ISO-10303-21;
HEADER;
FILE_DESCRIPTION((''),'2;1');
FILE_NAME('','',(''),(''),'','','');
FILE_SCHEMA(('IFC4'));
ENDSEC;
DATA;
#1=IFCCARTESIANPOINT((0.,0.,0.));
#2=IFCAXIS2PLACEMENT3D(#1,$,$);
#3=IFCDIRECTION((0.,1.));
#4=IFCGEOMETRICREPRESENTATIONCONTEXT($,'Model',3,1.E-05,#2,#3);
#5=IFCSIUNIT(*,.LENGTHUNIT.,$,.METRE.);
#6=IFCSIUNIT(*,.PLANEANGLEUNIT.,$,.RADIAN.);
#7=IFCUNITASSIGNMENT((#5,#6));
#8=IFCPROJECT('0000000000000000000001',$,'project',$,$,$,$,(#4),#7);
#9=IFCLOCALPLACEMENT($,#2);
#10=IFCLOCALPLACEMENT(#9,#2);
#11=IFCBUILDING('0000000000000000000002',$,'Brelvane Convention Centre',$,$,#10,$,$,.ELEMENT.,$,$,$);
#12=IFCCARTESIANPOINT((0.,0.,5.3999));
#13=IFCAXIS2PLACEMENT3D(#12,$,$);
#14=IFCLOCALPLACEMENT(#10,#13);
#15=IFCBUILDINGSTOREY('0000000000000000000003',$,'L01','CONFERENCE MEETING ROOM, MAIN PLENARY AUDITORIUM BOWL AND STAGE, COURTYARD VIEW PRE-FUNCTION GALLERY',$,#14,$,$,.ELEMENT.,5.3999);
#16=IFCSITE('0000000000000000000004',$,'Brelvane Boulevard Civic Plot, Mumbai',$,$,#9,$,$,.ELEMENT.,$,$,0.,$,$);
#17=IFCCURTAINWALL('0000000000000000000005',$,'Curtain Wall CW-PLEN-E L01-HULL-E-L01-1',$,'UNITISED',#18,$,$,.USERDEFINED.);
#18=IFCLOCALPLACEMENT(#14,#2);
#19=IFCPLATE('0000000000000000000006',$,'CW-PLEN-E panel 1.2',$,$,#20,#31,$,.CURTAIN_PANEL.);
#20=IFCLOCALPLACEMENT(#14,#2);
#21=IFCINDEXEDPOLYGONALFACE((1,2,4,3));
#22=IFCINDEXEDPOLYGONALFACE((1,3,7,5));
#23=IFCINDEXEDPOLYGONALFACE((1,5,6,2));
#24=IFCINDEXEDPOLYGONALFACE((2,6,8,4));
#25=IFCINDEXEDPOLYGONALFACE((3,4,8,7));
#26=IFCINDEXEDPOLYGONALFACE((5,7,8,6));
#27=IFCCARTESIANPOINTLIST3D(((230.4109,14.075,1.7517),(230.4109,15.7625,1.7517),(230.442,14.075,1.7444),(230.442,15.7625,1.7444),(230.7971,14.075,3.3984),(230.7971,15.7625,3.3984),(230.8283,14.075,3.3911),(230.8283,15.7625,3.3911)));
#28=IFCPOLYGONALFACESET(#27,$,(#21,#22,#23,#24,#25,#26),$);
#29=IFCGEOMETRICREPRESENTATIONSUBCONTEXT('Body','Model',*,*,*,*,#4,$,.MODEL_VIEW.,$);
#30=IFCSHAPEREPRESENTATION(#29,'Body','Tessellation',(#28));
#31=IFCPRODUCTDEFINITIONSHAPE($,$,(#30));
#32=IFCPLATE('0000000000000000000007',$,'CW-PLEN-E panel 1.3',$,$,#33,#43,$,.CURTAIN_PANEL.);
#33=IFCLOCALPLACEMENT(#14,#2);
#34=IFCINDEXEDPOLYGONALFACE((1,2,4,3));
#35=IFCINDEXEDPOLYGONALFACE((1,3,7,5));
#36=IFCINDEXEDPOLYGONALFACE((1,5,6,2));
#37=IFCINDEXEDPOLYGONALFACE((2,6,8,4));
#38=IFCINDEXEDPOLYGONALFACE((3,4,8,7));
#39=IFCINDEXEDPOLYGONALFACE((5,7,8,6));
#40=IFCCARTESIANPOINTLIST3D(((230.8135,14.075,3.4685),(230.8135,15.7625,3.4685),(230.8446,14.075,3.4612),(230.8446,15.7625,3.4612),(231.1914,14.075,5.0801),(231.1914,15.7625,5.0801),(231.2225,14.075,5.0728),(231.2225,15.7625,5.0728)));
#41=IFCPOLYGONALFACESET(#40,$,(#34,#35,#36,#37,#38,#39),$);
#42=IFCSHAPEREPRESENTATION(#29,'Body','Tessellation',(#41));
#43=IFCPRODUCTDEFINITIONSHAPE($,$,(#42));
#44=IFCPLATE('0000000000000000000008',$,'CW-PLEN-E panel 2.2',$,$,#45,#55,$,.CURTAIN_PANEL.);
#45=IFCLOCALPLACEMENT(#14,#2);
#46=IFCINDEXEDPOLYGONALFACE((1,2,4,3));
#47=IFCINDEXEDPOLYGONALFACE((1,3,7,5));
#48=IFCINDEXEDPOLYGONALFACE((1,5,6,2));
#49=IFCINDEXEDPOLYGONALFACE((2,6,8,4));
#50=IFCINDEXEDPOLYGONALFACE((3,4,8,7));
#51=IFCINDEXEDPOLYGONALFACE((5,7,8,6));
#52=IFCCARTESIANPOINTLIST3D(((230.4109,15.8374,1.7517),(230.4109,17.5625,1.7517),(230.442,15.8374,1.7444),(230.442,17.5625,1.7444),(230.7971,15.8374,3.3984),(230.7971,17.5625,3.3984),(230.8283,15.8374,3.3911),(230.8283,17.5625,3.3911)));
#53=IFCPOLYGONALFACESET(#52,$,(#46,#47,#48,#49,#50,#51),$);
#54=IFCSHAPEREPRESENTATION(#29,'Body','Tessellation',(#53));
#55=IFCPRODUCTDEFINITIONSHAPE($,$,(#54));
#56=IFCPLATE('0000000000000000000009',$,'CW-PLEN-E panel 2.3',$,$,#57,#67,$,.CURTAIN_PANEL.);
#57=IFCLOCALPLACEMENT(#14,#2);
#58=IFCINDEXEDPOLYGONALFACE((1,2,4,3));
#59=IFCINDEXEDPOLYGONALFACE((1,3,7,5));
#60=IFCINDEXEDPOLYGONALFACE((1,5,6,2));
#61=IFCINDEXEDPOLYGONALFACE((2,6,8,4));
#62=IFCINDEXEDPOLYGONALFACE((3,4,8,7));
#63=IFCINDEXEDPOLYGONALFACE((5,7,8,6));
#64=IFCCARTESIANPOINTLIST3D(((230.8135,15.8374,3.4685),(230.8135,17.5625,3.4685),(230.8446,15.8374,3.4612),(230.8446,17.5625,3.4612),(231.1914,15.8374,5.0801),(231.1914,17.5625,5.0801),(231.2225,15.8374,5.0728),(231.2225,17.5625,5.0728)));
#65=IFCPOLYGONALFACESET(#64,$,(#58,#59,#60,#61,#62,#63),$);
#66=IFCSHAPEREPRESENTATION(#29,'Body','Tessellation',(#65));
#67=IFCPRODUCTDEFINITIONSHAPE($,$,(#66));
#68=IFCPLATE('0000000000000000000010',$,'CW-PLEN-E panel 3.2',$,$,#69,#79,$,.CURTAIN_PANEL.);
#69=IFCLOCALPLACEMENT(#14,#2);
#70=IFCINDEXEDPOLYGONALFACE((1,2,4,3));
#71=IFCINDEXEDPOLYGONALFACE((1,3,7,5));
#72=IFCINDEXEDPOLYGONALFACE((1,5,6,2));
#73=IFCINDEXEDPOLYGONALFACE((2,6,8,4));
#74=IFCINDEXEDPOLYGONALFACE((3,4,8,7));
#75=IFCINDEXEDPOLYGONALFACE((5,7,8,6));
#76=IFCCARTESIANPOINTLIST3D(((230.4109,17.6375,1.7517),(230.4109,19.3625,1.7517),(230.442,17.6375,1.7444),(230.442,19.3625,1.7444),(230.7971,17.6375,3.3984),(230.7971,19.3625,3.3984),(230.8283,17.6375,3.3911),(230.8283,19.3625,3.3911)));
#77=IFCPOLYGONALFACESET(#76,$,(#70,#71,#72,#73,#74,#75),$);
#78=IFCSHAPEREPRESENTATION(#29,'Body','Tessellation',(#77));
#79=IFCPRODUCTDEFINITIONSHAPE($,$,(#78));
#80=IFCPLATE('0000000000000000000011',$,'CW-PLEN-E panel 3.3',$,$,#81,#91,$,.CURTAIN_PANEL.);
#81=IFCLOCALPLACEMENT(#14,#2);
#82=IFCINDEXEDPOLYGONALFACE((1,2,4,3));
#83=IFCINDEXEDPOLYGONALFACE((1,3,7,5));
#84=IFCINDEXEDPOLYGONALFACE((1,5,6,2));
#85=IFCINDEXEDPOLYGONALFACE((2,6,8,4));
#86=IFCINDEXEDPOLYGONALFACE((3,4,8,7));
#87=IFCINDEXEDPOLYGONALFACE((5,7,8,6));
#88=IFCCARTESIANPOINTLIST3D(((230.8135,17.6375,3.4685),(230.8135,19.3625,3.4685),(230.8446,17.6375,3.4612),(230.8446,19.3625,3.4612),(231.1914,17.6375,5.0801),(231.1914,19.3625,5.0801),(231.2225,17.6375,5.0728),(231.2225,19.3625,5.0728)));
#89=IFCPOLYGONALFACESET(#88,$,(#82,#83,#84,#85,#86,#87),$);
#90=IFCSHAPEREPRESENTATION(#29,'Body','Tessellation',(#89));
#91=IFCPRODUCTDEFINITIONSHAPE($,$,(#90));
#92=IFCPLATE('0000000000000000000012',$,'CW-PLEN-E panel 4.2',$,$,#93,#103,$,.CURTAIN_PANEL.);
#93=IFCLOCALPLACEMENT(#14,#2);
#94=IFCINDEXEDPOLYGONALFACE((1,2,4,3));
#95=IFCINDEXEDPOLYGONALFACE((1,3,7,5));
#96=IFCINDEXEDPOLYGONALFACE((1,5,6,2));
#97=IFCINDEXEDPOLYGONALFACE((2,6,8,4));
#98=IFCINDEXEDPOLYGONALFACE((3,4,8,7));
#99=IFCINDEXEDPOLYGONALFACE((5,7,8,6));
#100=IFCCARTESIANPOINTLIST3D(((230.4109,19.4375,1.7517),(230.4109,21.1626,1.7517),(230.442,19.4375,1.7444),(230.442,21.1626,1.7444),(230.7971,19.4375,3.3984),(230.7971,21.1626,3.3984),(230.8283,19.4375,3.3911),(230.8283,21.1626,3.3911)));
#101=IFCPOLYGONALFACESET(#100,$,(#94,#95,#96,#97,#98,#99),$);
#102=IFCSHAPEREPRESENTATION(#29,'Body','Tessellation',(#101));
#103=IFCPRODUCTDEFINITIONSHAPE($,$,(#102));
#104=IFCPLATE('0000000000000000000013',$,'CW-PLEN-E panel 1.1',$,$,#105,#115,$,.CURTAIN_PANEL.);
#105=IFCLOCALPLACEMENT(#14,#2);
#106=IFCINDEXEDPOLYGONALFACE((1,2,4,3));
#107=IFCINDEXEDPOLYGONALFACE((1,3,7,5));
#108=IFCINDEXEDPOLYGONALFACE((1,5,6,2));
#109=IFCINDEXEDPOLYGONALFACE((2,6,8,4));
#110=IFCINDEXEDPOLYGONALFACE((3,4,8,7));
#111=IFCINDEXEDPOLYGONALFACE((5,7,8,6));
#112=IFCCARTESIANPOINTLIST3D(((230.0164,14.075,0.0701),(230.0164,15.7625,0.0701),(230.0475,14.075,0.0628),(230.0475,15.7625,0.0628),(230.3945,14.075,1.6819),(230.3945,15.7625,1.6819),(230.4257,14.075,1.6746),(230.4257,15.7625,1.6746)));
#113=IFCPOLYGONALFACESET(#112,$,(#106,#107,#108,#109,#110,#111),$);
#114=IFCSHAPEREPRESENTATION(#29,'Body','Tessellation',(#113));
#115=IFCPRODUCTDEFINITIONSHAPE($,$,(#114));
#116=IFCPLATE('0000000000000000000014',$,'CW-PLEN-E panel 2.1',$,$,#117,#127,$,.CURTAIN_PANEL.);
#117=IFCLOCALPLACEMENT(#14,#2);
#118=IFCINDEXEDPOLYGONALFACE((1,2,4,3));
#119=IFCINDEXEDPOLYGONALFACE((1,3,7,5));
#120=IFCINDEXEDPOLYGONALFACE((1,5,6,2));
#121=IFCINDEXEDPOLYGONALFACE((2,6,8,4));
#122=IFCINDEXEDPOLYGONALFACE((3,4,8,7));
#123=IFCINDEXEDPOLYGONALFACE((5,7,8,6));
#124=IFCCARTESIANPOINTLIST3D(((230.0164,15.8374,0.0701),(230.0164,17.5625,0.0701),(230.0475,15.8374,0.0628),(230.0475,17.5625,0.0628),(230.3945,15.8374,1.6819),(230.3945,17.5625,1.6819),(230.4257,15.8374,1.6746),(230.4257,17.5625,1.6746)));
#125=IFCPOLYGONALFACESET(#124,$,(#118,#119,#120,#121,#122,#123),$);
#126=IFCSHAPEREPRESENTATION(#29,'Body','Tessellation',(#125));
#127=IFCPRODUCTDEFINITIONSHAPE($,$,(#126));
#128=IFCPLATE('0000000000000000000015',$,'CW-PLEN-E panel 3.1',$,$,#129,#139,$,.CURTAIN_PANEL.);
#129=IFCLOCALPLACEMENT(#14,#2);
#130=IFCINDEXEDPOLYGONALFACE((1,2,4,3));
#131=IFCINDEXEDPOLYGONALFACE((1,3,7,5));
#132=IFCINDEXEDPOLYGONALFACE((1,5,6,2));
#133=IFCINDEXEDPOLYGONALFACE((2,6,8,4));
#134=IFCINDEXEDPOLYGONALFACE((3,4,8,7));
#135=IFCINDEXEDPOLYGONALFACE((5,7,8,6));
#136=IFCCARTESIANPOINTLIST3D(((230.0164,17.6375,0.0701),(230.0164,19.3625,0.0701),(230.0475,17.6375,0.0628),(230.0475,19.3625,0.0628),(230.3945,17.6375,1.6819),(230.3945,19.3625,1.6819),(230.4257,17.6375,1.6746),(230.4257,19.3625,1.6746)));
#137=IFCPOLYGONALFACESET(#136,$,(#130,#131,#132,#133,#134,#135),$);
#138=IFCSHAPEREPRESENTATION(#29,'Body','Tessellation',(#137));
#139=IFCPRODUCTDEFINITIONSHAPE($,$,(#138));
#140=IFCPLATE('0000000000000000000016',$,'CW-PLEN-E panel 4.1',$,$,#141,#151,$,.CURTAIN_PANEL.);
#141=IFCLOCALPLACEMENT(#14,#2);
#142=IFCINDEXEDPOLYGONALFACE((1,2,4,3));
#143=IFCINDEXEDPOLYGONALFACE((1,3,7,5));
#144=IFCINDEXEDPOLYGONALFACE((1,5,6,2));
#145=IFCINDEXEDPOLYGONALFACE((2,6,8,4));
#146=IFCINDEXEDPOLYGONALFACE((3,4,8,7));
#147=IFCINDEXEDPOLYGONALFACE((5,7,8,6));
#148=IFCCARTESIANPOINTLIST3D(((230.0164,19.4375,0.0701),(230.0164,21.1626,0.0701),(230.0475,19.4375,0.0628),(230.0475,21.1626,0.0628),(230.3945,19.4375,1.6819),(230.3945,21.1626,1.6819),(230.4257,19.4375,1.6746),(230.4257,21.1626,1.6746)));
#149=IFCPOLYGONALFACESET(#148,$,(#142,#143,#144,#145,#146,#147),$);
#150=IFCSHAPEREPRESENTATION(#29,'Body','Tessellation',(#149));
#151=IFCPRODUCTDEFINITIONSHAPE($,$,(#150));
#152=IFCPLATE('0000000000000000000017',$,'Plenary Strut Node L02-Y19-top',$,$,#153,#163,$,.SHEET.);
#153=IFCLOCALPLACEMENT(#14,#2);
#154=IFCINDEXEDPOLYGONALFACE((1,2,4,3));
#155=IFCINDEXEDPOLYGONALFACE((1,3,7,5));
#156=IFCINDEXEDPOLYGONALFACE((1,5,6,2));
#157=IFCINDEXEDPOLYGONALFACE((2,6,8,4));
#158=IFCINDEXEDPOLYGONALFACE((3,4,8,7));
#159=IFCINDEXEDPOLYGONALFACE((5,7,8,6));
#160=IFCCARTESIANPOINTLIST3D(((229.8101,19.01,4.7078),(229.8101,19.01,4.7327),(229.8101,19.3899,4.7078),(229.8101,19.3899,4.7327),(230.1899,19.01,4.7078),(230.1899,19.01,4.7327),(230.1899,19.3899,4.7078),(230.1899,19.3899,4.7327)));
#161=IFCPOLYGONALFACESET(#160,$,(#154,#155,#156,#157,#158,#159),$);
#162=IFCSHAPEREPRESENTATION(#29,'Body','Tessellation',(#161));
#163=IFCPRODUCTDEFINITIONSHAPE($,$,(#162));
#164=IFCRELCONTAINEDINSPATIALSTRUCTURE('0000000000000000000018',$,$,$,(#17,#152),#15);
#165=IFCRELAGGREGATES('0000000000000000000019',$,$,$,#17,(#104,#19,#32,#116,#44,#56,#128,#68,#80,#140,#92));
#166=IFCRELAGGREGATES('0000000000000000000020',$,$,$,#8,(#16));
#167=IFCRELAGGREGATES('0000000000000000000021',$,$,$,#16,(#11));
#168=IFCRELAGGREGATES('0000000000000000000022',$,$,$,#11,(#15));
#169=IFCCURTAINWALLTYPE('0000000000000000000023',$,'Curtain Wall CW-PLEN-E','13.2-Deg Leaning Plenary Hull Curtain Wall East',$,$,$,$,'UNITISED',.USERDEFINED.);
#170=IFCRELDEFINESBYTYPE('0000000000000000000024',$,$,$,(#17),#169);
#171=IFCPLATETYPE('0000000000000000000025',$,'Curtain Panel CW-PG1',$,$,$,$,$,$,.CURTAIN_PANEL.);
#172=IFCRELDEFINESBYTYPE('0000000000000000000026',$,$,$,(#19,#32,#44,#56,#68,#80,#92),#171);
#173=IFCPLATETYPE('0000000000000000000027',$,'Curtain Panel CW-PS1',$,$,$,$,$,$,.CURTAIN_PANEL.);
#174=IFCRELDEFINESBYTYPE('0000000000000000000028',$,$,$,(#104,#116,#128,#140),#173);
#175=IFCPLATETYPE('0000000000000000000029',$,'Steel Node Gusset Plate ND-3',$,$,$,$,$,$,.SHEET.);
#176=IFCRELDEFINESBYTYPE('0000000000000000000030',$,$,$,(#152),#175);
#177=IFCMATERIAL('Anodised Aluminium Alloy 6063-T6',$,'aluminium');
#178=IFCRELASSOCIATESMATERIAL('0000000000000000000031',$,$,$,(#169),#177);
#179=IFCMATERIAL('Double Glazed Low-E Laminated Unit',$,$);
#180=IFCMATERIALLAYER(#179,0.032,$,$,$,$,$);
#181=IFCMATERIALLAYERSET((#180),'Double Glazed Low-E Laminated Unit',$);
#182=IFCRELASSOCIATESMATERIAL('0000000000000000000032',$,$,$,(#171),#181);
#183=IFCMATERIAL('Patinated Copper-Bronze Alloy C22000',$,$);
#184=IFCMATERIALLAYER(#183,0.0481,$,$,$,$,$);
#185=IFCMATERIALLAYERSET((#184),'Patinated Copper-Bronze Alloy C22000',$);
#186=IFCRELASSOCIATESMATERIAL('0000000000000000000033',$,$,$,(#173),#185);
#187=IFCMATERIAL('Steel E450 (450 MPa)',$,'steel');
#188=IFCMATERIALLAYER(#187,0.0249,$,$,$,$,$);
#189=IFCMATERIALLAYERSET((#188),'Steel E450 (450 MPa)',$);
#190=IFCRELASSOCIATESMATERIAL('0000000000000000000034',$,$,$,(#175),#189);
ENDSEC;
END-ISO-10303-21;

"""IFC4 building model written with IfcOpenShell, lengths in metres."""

from ifc_helpers import new_model, si_unit, direction, frame, origin, origin_2d, place, context, subcontext, project, spatial, polyline, rectangle, outline, extrude, material, layer, layer_set, type_object, element, aggregate, save


model = new_model("IFC4")

# Units and contexts
model_context = context("Model", 3, precision=1e-05, world=origin(), true_north=direction((0.0, 1.0)))
body_context = subcontext(model_context, "Body", "Model", "MODEL_VIEW")
ifc_project = project(units=[si_unit("LENGTHUNIT", "METRE"), si_unit("PLANEANGLEUNIT", "RADIAN")], contexts=[model_context])

# Site, building, storey
site_placement = place(None, origin())
site = spatial("IfcSite", under=ifc_project, at=site_placement, Name="Brelvane Boulevard Civic Plot, Mumbai", CompositionType="ELEMENT", RefElevation=0.0)
building_placement = place(site_placement, origin())
building = spatial("IfcBuilding", under=site, at=building_placement, Name="Brelvane Convention Centre", CompositionType="ELEMENT")
storey_placement = place(building_placement, frame((0.0, 0.0, 5.3999)))
storey = spatial("IfcBuildingStorey", under=building, at=storey_placement, Name="L01", Description="CONFERENCE MEETING ROOM, MAIN PLENARY AUDITORIUM BOWL AND STAGE, COURTYARD VIEW PRE-FUNCTION GALLERY", CompositionType="ELEMENT", Elevation=5.3999)

# Curtain wall
ifc_material_1 = material(Name="Anodised Aluminium Alloy 6063-T6", Category="aluminium")
curtain_wall_type = type_object("IfcCurtainWallType", Name="Curtain Wall CW-PLEN-E", Description="13.2-Deg Leaning Plenary Hull Curtain Wall East", ElementType="UNITISED", PredefinedType="USERDEFINED", material=ifc_material_1)
curtain_wall_placement = place(storey_placement, origin())
curtain_wall = element("IfcCurtainWall", 1, at=curtain_wall_placement, inside=storey, type_object=curtain_wall_type, Name="Curtain Wall CW-PLEN-E L01-HULL-E-L01-1", ObjectType="UNITISED", PredefinedType="USERDEFINED")

# Plates
ifc_material_2 = material(Name="Double Glazed Low-E Laminated Unit")
ifc_layer_1 = layer(ifc_material_2, 0.032)
ifc_layer_set_1 = layer_set([ifc_layer_1], Name="Double Glazed Low-E Laminated Unit")
plate_type_1 = type_object("IfcPlateType", Name="Curtain Panel CW-PG1", PredefinedType="CURTAIN_PANEL", material=ifc_layer_set_1)
plate_1_placement = place(storey_placement, frame((230.4109, 14.075, 1.7517), z_axis=(-0.97358, 0.0, 0.228347), x_axis=(0.0, 1.0, 0.0)))
plate_1 = element("IfcPlate", 2, at=plate_1_placement, type_object=plate_type_1, Name="CW-PLEN-E panel 1.2", PredefinedType="CURTAIN_PANEL", context=body_context, shape_type="SweptSolid", body=[
    extrude(outline(polyline([(0.0, 0.0), (1.6875, 0.0), (1.6875, -1.6914), (0.0, -1.6914), (0.0, 0.0)])), origin(), (0.0, 0.0, -1.0), 0.032),
])
plate_2_placement = place(storey_placement, frame((230.8135, 14.075, 3.4685), z_axis=(-0.973587, 0.0, 0.228316), x_axis=(0.0, 1.0, 0.0)))
plate_2 = element("IfcPlate", 3, at=plate_2_placement, type_object=plate_type_1, Name="CW-PLEN-E panel 1.3", PredefinedType="CURTAIN_PANEL", context=body_context, shape_type="SweptSolid", body=[
    extrude(outline(polyline([(0.0, 0.0), (1.6875, 0.0), (1.6875, -1.6553), (0.0, -1.6553), (0.0, 0.0)])), origin(), (0.0, 0.0, -1.0), 0.032),
])
plate_3_placement = place(storey_placement, frame((230.4109, 15.8374, 1.7517), z_axis=(-0.97358, 0.0, 0.228347), x_axis=(0.0, 1.0, 0.0)))
plate_3 = element("IfcPlate", 4, at=plate_3_placement, type_object=plate_type_1, Name="CW-PLEN-E panel 2.2", PredefinedType="CURTAIN_PANEL", context=body_context, shape_type="SweptSolid", body=[
    extrude(outline(polyline([(0.0, 0.0), (1.7251, 0.0), (1.7251, -1.6914), (0.0, -1.6914), (0.0, 0.0)])), origin(), (0.0, 0.0, -1.0), 0.032),
])
plate_4_placement = place(storey_placement, frame((230.8135, 15.8374, 3.4685), z_axis=(-0.973587, 0.0, 0.228316), x_axis=(0.0, 1.0, 0.0)))
plate_4 = element("IfcPlate", 5, at=plate_4_placement, type_object=plate_type_1, Name="CW-PLEN-E panel 2.3", PredefinedType="CURTAIN_PANEL", context=body_context, shape_type="SweptSolid", body=[
    extrude(outline(polyline([(0.0, 0.0), (1.7251, 0.0), (1.7251, -1.6553), (0.0, -1.6553), (0.0, 0.0)])), origin(), (0.0, 0.0, -1.0), 0.032),
])
plate_5_placement = place(storey_placement, frame((230.4109, 17.6375, 1.7517), z_axis=(-0.97358, 0.0, 0.228347), x_axis=(0.0, 1.0, 0.0)))
plate_5 = element("IfcPlate", 6, at=plate_5_placement, type_object=plate_type_1, Name="CW-PLEN-E panel 3.2", PredefinedType="CURTAIN_PANEL", context=body_context, shape_type="SweptSolid", body=[
    extrude(outline(polyline([(0.0, 0.0), (1.7251, 0.0), (1.7251, -1.6914), (0.0, -1.6914), (0.0, 0.0)])), origin(), (0.0, 0.0, -1.0), 0.032),
])
plate_6_placement = place(storey_placement, frame((230.8135, 17.6375, 3.4685), z_axis=(-0.973587, 0.0, 0.228316), x_axis=(0.0, 1.0, 0.0)))
plate_6 = element("IfcPlate", 7, at=plate_6_placement, type_object=plate_type_1, Name="CW-PLEN-E panel 3.3", PredefinedType="CURTAIN_PANEL", context=body_context, shape_type="SweptSolid", body=[
    extrude(outline(polyline([(0.0, 0.0), (1.7251, 0.0), (1.7251, -1.6553), (0.0, -1.6553), (0.0, 0.0)])), origin(), (0.0, 0.0, -1.0), 0.032),
])
plate_7_placement = place(storey_placement, frame((230.4109, 19.4375, 1.7517), z_axis=(-0.97358, 0.0, 0.228347), x_axis=(0.0, 1.0, 0.0)))
plate_7 = element("IfcPlate", 8, at=plate_7_placement, type_object=plate_type_1, Name="CW-PLEN-E panel 4.2", PredefinedType="CURTAIN_PANEL", context=body_context, shape_type="SweptSolid", body=[
    extrude(outline(polyline([(0.0, 0.0), (1.7251, 0.0), (1.7251, -1.6914), (0.0, -1.6914), (0.0, 0.0)])), origin(), (0.0, 0.0, -1.0), 0.032),
])
ifc_material_3 = material(Name="Patinated Copper-Bronze Alloy C22000")
ifc_layer_2 = layer(ifc_material_3, 0.0481)
ifc_layer_set_2 = layer_set([ifc_layer_2], Name="Patinated Copper-Bronze Alloy C22000")
plate_type_2 = type_object("IfcPlateType", Name="Curtain Panel CW-PS1", PredefinedType="CURTAIN_PANEL", material=ifc_layer_set_2)
plate_8_placement = place(storey_placement, frame((230.0164, 14.075, 0.0701), z_axis=(-0.973562, 0.0, 0.228423), x_axis=(0.0, 1.0, 0.0)))
plate_8 = element("IfcPlate", 9, at=plate_8_placement, type_object=plate_type_2, Name="CW-PLEN-E panel 1.1", PredefinedType="CURTAIN_PANEL", context=body_context, shape_type="SweptSolid", body=[
    extrude(outline(polyline([(0.0, 0.0), (1.6875, 0.0), (1.6875, -1.6556), (0.0, -1.6556), (0.0, 0.0)])), origin(), (0.0, 0.0, -1.0), 0.032),
])
plate_9_placement = place(storey_placement, frame((230.0164, 15.8374, 0.0701), z_axis=(-0.973562, 0.0, 0.228423), x_axis=(0.0, 1.0, 0.0)))
plate_9 = element("IfcPlate", 10, at=plate_9_placement, type_object=plate_type_2, Name="CW-PLEN-E panel 2.1", PredefinedType="CURTAIN_PANEL", context=body_context, shape_type="SweptSolid", body=[
    extrude(outline(polyline([(0.0, 0.0), (1.7251, 0.0), (1.7251, -1.6556), (0.0, -1.6556), (0.0, 0.0)])), origin(), (0.0, 0.0, -1.0), 0.032),
])
plate_10_placement = place(storey_placement, frame((230.0164, 17.6375, 0.0701), z_axis=(-0.973562, 0.0, 0.228423), x_axis=(0.0, 1.0, 0.0)))
plate_10 = element("IfcPlate", 11, at=plate_10_placement, type_object=plate_type_2, Name="CW-PLEN-E panel 3.1", PredefinedType="CURTAIN_PANEL", context=body_context, shape_type="SweptSolid", body=[
    extrude(outline(polyline([(0.0, 0.0), (1.7251, 0.0), (1.7251, -1.6556), (0.0, -1.6556), (0.0, 0.0)])), origin(), (0.0, 0.0, -1.0), 0.032),
])
plate_11_placement = place(storey_placement, frame((230.0164, 19.4375, 0.0701), z_axis=(-0.973562, 0.0, 0.228423), x_axis=(0.0, 1.0, 0.0)))
plate_11 = element("IfcPlate", 12, at=plate_11_placement, type_object=plate_type_2, Name="CW-PLEN-E panel 4.1", PredefinedType="CURTAIN_PANEL", context=body_context, shape_type="SweptSolid", body=[
    extrude(outline(polyline([(0.0, 0.0), (1.7251, 0.0), (1.7251, -1.6556), (0.0, -1.6556), (0.0, 0.0)])), origin(), (0.0, 0.0, -1.0), 0.032),
])
aggregate(curtain_wall, [plate_8, plate_1, plate_2, plate_9, plate_3, plate_4, plate_10, plate_5, plate_6, plate_11, plate_7])
ifc_material_4 = material(Name="Steel E450 (450 MPa)", Category="steel")
ifc_layer_3 = layer(ifc_material_4, 0.0249)
ifc_layer_set_3 = layer_set([ifc_layer_3], Name="Steel E450 (450 MPa)")
plate_type_3 = type_object("IfcPlateType", Name="Steel Node Gusset Plate ND-3", PredefinedType="SHEET", material=ifc_layer_set_3)
plate_12_placement = place(storey_placement, frame((230.0, 19.2, 4.7078), z_axis=(0.0, 0.0, 1.0), x_axis=(1.0, 0.0, 0.0)))
element("IfcPlate", 13, at=plate_12_placement, inside=storey, type_object=plate_type_3, Name="Plenary Strut Node L02-Y19-top", PredefinedType="SHEET", context=body_context, shape_type="SweptSolid", body=[
    extrude(rectangle(XDim=0.3799, YDim=0.3799, at=origin_2d()), origin(), (0.0, 0.0, 1.0), 0.0249),
])

save(model, "model.ifc")
